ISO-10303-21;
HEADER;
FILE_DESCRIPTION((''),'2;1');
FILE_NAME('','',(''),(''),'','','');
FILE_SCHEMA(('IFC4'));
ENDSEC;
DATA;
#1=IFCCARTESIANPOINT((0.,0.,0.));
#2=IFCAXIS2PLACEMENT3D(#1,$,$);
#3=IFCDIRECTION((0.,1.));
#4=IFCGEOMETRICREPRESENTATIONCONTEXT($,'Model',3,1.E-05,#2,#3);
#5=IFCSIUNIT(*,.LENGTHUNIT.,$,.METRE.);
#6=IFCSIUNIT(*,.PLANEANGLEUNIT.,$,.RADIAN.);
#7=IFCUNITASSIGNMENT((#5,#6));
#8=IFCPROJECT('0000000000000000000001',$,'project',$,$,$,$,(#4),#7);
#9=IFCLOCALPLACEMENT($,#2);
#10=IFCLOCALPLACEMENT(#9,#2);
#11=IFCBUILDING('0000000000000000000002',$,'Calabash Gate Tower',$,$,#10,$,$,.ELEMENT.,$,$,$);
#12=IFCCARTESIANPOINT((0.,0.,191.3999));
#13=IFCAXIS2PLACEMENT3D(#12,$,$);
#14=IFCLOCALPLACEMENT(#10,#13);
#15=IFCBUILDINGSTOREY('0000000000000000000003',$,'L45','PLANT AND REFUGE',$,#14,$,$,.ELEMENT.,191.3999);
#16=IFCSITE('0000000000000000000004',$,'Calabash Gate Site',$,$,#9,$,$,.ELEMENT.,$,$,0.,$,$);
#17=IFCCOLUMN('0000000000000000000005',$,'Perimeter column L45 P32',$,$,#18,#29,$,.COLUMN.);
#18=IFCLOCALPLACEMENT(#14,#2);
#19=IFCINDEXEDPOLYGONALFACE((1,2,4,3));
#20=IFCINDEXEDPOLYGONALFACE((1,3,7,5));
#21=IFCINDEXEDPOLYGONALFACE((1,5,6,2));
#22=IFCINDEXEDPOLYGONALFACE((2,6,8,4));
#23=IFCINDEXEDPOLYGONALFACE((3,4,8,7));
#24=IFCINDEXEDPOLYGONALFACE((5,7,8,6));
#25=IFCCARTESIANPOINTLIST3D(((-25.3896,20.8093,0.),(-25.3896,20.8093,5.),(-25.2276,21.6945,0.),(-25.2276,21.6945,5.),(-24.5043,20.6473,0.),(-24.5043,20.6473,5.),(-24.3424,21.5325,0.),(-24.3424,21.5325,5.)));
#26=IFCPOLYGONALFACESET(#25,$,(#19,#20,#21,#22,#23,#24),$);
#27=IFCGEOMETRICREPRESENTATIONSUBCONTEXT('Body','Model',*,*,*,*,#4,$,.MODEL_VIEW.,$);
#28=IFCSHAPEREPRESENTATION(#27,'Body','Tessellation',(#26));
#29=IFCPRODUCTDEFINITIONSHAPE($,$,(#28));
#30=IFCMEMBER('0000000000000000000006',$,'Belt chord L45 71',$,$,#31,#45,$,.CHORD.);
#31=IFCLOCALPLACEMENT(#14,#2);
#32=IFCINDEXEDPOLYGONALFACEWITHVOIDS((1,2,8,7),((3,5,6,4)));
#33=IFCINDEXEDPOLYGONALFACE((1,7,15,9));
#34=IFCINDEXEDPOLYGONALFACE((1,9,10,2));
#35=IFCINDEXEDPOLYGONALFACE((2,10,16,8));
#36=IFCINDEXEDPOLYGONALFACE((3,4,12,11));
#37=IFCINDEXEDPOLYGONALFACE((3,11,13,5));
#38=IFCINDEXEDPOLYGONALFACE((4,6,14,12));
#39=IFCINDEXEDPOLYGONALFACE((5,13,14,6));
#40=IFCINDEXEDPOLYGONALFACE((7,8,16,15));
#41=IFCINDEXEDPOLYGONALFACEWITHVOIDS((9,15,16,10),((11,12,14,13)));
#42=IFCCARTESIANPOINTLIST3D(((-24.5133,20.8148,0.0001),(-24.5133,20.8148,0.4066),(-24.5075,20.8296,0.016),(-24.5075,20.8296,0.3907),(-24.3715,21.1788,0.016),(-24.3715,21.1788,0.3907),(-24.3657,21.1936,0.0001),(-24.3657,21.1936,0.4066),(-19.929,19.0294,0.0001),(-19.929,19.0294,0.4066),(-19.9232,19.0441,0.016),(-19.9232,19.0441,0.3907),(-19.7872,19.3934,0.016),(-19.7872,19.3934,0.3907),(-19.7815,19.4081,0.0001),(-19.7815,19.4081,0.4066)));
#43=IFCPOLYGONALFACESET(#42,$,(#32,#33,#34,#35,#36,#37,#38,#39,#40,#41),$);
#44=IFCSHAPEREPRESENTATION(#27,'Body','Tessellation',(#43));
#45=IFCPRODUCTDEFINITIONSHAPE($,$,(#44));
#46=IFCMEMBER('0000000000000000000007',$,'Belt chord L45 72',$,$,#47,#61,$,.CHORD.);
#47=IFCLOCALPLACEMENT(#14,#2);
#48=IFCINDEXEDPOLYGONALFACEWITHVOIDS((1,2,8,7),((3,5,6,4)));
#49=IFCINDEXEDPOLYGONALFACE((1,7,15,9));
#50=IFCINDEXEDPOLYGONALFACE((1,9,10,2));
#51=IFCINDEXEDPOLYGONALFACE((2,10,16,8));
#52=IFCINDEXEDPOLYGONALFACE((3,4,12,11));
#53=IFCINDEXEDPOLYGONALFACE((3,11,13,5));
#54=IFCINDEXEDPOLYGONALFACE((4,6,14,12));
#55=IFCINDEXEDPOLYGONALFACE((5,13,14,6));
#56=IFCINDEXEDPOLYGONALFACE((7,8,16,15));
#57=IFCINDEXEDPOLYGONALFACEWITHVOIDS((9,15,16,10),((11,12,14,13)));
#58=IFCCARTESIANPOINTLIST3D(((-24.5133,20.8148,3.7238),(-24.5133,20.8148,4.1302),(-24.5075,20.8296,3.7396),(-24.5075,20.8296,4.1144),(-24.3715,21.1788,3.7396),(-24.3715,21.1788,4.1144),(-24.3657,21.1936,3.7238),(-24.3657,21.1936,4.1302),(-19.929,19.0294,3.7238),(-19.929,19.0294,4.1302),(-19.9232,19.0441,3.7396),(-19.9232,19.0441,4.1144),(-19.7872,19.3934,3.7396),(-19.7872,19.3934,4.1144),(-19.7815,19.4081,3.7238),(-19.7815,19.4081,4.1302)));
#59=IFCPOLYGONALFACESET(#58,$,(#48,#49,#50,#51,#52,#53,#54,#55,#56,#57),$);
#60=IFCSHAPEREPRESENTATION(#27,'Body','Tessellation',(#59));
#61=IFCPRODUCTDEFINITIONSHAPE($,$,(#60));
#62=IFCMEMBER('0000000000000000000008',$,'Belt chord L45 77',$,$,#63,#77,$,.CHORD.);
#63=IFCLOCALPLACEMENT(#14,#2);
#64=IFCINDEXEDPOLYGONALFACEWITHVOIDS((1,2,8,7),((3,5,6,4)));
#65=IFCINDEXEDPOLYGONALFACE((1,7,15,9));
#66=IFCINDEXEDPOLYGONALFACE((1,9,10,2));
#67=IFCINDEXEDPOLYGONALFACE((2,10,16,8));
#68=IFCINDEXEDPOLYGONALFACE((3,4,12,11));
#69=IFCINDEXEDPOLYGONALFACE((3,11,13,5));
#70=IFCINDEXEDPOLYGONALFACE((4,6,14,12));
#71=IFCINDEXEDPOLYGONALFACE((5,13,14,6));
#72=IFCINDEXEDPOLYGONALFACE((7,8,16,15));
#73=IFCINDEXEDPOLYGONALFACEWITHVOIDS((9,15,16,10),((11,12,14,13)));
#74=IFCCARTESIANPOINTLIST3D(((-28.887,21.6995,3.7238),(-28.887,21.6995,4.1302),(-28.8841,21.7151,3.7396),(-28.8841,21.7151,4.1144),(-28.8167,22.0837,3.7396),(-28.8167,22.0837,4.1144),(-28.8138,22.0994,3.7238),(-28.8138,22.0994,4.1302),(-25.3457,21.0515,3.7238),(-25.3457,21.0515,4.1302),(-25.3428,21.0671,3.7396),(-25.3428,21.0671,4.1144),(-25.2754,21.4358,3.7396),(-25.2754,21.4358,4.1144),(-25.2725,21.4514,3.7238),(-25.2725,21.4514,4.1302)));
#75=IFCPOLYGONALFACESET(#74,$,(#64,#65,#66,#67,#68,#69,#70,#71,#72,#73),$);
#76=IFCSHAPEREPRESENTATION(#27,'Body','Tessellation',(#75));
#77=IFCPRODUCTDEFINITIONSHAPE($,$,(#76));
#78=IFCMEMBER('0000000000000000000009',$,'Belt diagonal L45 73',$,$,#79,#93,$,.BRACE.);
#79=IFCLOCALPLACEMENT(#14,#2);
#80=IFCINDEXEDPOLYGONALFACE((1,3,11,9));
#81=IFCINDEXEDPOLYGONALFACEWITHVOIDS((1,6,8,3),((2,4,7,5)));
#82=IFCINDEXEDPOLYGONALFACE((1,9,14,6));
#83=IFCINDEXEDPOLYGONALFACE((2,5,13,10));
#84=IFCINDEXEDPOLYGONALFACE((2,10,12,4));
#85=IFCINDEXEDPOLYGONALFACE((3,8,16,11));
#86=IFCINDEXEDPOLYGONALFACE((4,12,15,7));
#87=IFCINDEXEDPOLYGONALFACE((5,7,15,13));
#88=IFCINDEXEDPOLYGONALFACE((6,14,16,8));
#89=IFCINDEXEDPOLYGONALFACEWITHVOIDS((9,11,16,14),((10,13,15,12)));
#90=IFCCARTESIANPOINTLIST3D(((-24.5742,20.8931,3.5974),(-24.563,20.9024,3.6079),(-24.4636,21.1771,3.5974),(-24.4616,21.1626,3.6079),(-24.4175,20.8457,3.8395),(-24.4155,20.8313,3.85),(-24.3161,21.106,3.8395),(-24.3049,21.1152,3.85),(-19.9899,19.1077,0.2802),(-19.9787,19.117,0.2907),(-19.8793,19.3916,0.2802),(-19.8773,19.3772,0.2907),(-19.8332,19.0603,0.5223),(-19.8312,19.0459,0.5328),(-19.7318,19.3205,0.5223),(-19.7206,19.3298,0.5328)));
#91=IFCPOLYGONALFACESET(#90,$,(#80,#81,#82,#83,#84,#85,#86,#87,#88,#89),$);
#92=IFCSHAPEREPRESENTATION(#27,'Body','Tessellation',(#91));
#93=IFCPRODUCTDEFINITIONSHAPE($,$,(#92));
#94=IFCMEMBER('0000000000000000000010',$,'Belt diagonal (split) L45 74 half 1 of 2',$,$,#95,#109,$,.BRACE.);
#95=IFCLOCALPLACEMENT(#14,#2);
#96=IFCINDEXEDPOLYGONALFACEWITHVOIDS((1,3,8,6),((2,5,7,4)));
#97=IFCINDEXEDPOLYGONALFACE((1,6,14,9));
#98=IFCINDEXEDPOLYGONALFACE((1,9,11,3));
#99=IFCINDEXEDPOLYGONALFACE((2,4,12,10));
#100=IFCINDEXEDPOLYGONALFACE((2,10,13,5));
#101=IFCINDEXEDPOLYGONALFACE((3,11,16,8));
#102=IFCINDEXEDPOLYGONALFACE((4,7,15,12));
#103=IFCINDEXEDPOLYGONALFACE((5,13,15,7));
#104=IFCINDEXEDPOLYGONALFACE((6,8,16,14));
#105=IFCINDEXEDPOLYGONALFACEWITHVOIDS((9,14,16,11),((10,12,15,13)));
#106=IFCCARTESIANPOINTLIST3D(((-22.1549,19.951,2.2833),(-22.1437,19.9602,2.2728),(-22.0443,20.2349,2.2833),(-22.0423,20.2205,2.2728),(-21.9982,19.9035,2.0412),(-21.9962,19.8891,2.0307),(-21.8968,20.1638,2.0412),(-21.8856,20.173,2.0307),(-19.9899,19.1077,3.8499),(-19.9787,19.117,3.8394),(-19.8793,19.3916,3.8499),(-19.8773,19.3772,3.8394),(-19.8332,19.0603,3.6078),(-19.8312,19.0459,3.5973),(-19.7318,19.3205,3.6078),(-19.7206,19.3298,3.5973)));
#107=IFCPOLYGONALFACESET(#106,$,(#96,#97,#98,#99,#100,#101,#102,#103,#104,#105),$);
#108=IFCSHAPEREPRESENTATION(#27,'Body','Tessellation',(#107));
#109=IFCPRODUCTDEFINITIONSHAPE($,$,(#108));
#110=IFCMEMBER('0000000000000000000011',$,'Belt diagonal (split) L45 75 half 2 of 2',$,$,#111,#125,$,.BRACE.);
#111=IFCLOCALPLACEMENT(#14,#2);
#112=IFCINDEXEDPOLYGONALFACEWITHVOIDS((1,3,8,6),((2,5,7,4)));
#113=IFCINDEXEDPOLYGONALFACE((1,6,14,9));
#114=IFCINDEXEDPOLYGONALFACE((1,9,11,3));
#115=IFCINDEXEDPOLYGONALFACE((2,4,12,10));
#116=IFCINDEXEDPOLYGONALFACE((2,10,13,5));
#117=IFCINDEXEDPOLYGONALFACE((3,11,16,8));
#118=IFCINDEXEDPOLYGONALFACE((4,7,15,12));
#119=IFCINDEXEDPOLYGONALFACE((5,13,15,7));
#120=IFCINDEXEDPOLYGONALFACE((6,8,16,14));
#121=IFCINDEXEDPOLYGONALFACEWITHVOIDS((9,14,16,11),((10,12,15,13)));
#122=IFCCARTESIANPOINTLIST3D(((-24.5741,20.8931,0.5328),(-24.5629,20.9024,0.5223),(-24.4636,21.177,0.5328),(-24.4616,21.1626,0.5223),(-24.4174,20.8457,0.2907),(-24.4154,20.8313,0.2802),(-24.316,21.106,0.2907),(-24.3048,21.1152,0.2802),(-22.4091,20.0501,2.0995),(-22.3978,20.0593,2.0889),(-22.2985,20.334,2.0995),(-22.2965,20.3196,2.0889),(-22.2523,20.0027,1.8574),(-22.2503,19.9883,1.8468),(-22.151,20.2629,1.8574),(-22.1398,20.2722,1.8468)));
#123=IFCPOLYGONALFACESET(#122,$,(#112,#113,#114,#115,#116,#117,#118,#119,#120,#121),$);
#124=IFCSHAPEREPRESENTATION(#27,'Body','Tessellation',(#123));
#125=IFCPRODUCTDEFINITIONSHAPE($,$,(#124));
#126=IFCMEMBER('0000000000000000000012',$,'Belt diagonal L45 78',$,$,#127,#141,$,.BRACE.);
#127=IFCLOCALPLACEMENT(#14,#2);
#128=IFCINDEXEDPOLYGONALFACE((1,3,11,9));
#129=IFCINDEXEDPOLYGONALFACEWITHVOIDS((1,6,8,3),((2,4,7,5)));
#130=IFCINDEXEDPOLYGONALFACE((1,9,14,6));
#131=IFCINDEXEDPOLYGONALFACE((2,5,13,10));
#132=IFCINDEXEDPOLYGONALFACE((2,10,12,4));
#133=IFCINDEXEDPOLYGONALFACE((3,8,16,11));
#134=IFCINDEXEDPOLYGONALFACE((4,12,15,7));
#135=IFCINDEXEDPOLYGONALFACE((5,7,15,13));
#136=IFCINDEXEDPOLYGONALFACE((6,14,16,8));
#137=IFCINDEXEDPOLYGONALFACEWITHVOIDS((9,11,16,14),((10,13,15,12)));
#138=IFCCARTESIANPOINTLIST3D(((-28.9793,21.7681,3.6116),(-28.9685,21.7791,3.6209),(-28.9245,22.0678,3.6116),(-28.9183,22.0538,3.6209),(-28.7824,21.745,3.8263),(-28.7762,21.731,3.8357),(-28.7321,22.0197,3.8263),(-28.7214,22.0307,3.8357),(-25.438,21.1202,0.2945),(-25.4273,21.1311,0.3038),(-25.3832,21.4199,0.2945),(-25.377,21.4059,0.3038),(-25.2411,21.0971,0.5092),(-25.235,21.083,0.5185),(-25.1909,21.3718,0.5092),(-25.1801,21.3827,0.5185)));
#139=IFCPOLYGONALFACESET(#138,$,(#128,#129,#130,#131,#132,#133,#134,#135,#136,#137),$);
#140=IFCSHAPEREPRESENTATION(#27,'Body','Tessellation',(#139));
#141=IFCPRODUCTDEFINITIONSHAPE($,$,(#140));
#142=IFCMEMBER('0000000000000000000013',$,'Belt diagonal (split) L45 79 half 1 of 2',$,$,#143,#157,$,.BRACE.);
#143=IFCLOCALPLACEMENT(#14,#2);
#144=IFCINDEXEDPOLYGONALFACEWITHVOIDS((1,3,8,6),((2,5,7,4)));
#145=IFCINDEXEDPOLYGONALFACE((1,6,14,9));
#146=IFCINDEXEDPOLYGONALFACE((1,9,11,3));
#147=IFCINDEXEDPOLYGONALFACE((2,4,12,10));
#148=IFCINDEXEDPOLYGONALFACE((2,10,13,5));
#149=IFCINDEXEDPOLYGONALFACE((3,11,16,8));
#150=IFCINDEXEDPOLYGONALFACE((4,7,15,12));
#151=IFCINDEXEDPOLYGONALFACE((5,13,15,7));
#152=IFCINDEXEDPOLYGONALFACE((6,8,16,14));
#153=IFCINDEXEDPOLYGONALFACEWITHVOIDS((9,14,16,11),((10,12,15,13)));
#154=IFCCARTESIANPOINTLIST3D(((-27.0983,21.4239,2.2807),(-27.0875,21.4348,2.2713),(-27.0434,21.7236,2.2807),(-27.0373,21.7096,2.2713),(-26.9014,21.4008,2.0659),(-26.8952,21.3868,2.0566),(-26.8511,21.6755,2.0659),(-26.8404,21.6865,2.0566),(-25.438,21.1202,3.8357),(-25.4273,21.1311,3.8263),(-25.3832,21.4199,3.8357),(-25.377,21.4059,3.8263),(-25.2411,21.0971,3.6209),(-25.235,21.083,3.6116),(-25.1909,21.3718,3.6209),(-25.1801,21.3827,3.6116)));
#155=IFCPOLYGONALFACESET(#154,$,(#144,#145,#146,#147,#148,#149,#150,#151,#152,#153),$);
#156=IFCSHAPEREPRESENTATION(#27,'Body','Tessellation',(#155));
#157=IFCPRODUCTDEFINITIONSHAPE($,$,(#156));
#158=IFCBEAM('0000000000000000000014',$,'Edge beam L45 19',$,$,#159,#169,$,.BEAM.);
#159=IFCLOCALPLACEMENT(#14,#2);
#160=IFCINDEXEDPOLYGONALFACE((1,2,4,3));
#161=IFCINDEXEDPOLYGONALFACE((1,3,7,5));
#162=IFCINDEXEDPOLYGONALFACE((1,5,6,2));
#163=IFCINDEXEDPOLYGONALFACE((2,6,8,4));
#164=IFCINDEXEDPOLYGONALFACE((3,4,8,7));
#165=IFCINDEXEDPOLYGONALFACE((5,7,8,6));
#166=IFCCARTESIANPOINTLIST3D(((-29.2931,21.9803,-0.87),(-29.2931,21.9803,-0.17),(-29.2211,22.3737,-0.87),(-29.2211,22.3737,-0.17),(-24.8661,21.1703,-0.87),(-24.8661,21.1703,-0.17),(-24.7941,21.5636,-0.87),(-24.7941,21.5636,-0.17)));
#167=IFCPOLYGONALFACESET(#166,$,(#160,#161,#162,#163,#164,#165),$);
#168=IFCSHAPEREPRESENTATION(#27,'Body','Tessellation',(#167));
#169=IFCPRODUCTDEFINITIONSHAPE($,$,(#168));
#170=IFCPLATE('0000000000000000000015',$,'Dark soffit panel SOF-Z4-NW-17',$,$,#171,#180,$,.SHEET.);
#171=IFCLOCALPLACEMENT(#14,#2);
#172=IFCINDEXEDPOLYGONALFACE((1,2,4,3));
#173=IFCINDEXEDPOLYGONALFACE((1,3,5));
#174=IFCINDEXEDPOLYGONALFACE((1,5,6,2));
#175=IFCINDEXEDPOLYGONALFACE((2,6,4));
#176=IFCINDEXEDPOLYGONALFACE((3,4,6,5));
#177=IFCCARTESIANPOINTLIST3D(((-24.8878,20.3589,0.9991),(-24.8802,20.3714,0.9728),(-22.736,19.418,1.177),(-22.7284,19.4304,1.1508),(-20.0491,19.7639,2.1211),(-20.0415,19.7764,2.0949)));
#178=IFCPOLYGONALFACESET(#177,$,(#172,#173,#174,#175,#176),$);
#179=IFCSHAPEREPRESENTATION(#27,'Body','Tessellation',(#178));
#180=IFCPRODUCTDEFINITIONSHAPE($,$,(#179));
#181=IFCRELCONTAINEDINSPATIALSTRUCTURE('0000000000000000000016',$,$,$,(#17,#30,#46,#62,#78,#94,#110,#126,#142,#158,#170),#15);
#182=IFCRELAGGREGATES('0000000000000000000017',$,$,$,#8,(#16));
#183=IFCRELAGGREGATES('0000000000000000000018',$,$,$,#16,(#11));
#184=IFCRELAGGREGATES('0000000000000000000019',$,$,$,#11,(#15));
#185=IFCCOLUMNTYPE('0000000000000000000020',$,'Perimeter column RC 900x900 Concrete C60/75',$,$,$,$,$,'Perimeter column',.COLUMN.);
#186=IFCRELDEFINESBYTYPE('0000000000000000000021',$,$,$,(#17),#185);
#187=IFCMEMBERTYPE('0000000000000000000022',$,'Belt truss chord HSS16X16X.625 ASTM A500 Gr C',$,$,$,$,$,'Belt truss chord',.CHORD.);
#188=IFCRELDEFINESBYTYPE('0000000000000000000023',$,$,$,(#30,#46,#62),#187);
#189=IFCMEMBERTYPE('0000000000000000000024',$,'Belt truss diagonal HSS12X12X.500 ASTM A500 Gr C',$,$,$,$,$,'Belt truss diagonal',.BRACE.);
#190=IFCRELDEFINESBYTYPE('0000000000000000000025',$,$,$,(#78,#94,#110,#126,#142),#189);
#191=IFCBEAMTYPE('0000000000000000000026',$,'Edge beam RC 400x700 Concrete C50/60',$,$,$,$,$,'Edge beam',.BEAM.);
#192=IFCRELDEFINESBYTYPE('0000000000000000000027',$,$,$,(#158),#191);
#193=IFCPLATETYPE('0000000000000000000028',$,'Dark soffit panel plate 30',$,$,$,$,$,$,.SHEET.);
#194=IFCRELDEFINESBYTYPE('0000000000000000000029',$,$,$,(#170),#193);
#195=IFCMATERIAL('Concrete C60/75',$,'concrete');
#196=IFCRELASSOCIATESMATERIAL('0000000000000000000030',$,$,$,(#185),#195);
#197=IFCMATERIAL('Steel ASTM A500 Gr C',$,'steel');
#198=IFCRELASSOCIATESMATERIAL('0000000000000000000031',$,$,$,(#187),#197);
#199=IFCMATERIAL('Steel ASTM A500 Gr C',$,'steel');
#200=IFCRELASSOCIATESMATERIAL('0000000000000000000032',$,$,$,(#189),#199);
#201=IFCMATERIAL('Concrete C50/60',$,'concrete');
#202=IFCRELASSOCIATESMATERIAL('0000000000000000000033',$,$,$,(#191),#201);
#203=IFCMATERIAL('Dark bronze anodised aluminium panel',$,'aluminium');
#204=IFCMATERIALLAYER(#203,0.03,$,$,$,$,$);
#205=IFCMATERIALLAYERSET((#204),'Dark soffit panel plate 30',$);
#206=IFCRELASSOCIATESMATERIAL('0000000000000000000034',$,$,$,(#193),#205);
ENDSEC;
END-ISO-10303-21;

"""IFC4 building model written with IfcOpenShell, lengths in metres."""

from ifc_helpers import new_model, si_unit, direction, frame, origin, origin_2d, place, context, subcontext, project, spatial, polyline, rectangle, hollow_rectangle, outline, extrude, material, layer, layer_set, material_profile, profile_set, type_object, element, save


model = new_model("IFC4")

# Units and contexts
model_context = context("Model", 3, precision=1e-05, world=origin(), true_north=direction((0.0, 1.0)))
body_context = subcontext(model_context, "Body", "Model", "MODEL_VIEW")
ifc_project = project(units=[si_unit("LENGTHUNIT", "METRE"), si_unit("PLANEANGLEUNIT", "RADIAN")], contexts=[model_context])

# Site, building, storey
site_placement = place(None, origin())
site = spatial("IfcSite", under=ifc_project, at=site_placement, Name="Calabash Gate Site", CompositionType="ELEMENT", RefElevation=0.0)
building_placement = place(site_placement, origin())
building = spatial("IfcBuilding", under=site, at=building_placement, Name="Calabash Gate Tower", CompositionType="ELEMENT")
storey_placement = place(building_placement, frame((0.0, 0.0, 191.3999)))
storey = spatial("IfcBuildingStorey", under=building, at=storey_placement, Name="L45", Description="PLANT AND REFUGE", CompositionType="ELEMENT", Elevation=191.3999)

# Column
ifc_material_1 = material(Name="Concrete C60/75", Category="concrete")
ifc_material_profile_1 = material_profile(ifc_material_1, rectangle(XDim=0.8999, YDim=0.8999, at=origin_2d()))
ifc_profile_set_1 = profile_set([ifc_material_profile_1], Name="Concrete C60/75")
column_type = type_object("IfcColumnType", Name="Perimeter column RC 900x900 Concrete C60/75", ElementType="Perimeter column", PredefinedType="COLUMN", material=ifc_profile_set_1)
column_placement = place(storey_placement, frame((-24.866, 21.1709, 0.0), z_axis=(0.0, 0.0, 1.0), x_axis=(-0.98367, 0.179982, 0.0)))
element("IfcColumn", 1, at=column_placement, inside=storey, type_object=column_type, Name="Perimeter column L45 P32", PredefinedType="COLUMN", context=body_context, shape_type="SweptSolid", body=[
    extrude(rectangle(XDim=0.8999, YDim=0.8999, at=origin_2d()), origin(), (0.0, 0.0, 1.0), 5.0),
])

# Members
ifc_material_2 = material(Name="Steel ASTM A500 Gr C", Category="steel")
ifc_material_profile_2 = material_profile(ifc_material_2, hollow_rectangle(XDim=0.4065, YDim=0.4065, WallThickness=0.0159, at=origin_2d()))
ifc_profile_set_2 = profile_set([ifc_material_profile_2], Name="Steel ASTM A500 Gr C")
member_type_1 = type_object("IfcMemberType", Name="Belt truss chord HSS16X16X.625 ASTM A500 Gr C", ElementType="Belt truss chord", PredefinedType="CHORD", material=ifc_profile_set_2)
for number, where, z_axis, x_axis, name in (
    (2, (-19.8552, 19.2188, 0.2034), (-0.931823, 0.362913, 0.0), (-0.362913, -0.931823, 0.0), "Belt chord L45 71"),
    (3, (-19.8552, 19.2188, 3.927), (-0.931823, 0.362913, 0.0), (-0.362913, -0.931823, 0.0), "Belt chord L45 72"),
):
    element("IfcMember", number, at=place(storey_placement, frame(where, z_axis=z_axis, x_axis=x_axis)), inside=storey, type_object=member_type_1, Name=name, PredefinedType="CHORD", context=body_context, shape_type="SweptSolid", body=[
        extrude(hollow_rectangle(XDim=0.4065, YDim=0.4065, WallThickness=0.0159, at=origin_2d()), origin(), (0.0, 0.0, 1.0), 4.9197),
    ])
member_1_placement = place(storey_placement, frame((-25.3091, 21.2515, 3.927), z_axis=(-0.98367, 0.179983, 0.0), x_axis=(-0.179983, -0.98367, 0.0)))
element("IfcMember", 4, at=member_1_placement, inside=storey, type_object=member_type_1, Name="Belt chord L45 77", PredefinedType="CHORD", context=body_context, shape_type="SweptSolid", body=[
    extrude(hollow_rectangle(XDim=0.4065, YDim=0.4065, WallThickness=0.0159, at=origin_2d()), origin(), (0.0, 0.0, 1.0), 3.6001),
])
ifc_material_3 = material(Name="Steel ASTM A500 Gr C", Category="steel")
ifc_material_profile_3 = material_profile(ifc_material_3, hollow_rectangle(XDim=0.3047, YDim=0.3047, WallThickness=0.0127, at=origin_2d()))
ifc_profile_set_3 = profile_set([ifc_material_profile_3], Name="Steel ASTM A500 Gr C")
member_type_2 = type_object("IfcMemberType", Name="Belt truss diagonal HSS12X12X.500 ASTM A500 Gr C", ElementType="Belt truss diagonal", PredefinedType="BRACE", material=ifc_profile_set_3)
member_2_placement = place(storey_placement, frame((-19.8552, 19.2188, 0.4065), z_axis=(-0.772603, 0.300903, 0.559054), x_axis=(-0.362913, -0.931823, 0.0)))
element("IfcMember", 5, at=member_2_placement, inside=storey, type_object=member_type_2, Name="Belt diagonal L45 73", PredefinedType="BRACE", context=body_context, shape_type="SweptSolid", body=[
    extrude(hollow_rectangle(XDim=0.3047, YDim=0.3047, WallThickness=0.0127, at=origin_2d()), origin(), (0.0, 0.0, 1.0), 5.9336),
])
for number, where, z_axis, x_axis, name in (
    (6, (-19.8552, 19.2188, 3.7236), (-0.772594, 0.300918, -0.559059), (-0.362933, -0.931815, 0.0), "Belt diagonal (split) L45 74 half 1 of 2"),
    (7, (-22.2744, 20.1611, 1.9731), (-0.772614, 0.300839, -0.559074), (-0.362842, -0.931851, 0.0), "Belt diagonal (split) L45 75 half 2 of 2"),
):
    element("IfcMember", number, at=place(storey_placement, frame(where, z_axis=z_axis, x_axis=x_axis)), inside=storey, type_object=member_type_2, Name=name, PredefinedType="BRACE", context=body_context, shape_type="SweptSolid", body=[
        extrude(hollow_rectangle(XDim=0.3047, YDim=0.3047, WallThickness=0.0127, at=origin_2d()), origin(), (0.0, 0.0, 1.0), 2.8022),
    ])
member_3_placement = place(storey_placement, frame((-25.3091, 21.2515, 0.4065), z_axis=(-0.723403, 0.132362, 0.67762), x_axis=(-0.179983, -0.98367, 0.0)))
element("IfcMember", 8, at=member_3_placement, inside=storey, type_object=member_type_2, Name="Belt diagonal L45 78", PredefinedType="BRACE", context=body_context, shape_type="SweptSolid", body=[
    extrude(hollow_rectangle(XDim=0.3047, YDim=0.3047, WallThickness=0.0127, at=origin_2d()), origin(), (0.0, 0.0, 1.0), 4.8953),
])
member_4_placement = place(storey_placement, frame((-25.3091, 21.2515, 3.7236), z_axis=(-0.723438, 0.132347, -0.677585), x_axis=(-0.179955, -0.983675, 0.0)))
element("IfcMember", 9, at=member_4_placement, inside=storey, type_object=member_type_2, Name="Belt diagonal (split) L45 79 half 1 of 2", PredefinedType="BRACE", context=body_context, shape_type="SweptSolid", body=[
    extrude(hollow_rectangle(XDim=0.3047, YDim=0.3047, WallThickness=0.0127, at=origin_2d()), origin(), (0.0, 0.0, 1.0), 2.2949),
])

# Beam
ifc_material_4 = material(Name="Concrete C50/60", Category="concrete")
ifc_material_profile_4 = material_profile(ifc_material_4, rectangle(XDim=0.3999, YDim=0.7, at=origin_2d()))
ifc_profile_set_4 = profile_set([ifc_material_profile_4], Name="Concrete C50/60")
beam_type = type_object("IfcBeamType", Name="Edge beam RC 400x700 Concrete C50/60", ElementType="Edge beam", PredefinedType="BEAM", material=ifc_profile_set_4)
beam_placement = place(storey_placement, frame((-24.8301, 21.3669, -0.52), z_axis=(-0.983668, 0.179993, 0.0), x_axis=(-0.179993, -0.983668, 0.0)))
element("IfcBeam", 10, at=beam_placement, inside=storey, type_object=beam_type, Name="Edge beam L45 19", PredefinedType="BEAM", context=body_context, shape_type="SweptSolid", body=[
    extrude(rectangle(XDim=0.3999, YDim=0.7, at=origin_2d()), origin(), (0.0, 0.0, 1.0), 4.5005),
])

# Plate
ifc_material_5 = material(Name="Dark bronze anodised aluminium panel", Category="aluminium")
ifc_layer_1 = layer(ifc_material_5, 0.03)
ifc_layer_set_1 = layer_set([ifc_layer_1], Name="Dark soffit panel plate 30")
plate_type = type_object("IfcPlateType", Name="Dark soffit panel plate 30", PredefinedType="SHEET", material=ifc_layer_set_1)
plate_placement = place(storey_placement, frame((-20.0491, 19.7639, 2.1211), z_axis=(-0.253636, -0.414764, 0.873865), x_axis=(-0.936575, -0.120582, -0.329069)))
element("IfcPlate", 11, at=plate_placement, inside=storey, type_object=plate_type, Name="Dark soffit panel SOF-Z4-NW-17", PredefinedType="SHEET", context=body_context, shape_type="SweptSolid", body=[
    extrude(outline(polyline([(0.0, 0.0), (2.8689, 0.0), (4.8293, -1.3054), (0.0, 0.0)])), origin(), (0.0, 0.0, -1.0), 0.03),
])

save(model, "model.ifc")
